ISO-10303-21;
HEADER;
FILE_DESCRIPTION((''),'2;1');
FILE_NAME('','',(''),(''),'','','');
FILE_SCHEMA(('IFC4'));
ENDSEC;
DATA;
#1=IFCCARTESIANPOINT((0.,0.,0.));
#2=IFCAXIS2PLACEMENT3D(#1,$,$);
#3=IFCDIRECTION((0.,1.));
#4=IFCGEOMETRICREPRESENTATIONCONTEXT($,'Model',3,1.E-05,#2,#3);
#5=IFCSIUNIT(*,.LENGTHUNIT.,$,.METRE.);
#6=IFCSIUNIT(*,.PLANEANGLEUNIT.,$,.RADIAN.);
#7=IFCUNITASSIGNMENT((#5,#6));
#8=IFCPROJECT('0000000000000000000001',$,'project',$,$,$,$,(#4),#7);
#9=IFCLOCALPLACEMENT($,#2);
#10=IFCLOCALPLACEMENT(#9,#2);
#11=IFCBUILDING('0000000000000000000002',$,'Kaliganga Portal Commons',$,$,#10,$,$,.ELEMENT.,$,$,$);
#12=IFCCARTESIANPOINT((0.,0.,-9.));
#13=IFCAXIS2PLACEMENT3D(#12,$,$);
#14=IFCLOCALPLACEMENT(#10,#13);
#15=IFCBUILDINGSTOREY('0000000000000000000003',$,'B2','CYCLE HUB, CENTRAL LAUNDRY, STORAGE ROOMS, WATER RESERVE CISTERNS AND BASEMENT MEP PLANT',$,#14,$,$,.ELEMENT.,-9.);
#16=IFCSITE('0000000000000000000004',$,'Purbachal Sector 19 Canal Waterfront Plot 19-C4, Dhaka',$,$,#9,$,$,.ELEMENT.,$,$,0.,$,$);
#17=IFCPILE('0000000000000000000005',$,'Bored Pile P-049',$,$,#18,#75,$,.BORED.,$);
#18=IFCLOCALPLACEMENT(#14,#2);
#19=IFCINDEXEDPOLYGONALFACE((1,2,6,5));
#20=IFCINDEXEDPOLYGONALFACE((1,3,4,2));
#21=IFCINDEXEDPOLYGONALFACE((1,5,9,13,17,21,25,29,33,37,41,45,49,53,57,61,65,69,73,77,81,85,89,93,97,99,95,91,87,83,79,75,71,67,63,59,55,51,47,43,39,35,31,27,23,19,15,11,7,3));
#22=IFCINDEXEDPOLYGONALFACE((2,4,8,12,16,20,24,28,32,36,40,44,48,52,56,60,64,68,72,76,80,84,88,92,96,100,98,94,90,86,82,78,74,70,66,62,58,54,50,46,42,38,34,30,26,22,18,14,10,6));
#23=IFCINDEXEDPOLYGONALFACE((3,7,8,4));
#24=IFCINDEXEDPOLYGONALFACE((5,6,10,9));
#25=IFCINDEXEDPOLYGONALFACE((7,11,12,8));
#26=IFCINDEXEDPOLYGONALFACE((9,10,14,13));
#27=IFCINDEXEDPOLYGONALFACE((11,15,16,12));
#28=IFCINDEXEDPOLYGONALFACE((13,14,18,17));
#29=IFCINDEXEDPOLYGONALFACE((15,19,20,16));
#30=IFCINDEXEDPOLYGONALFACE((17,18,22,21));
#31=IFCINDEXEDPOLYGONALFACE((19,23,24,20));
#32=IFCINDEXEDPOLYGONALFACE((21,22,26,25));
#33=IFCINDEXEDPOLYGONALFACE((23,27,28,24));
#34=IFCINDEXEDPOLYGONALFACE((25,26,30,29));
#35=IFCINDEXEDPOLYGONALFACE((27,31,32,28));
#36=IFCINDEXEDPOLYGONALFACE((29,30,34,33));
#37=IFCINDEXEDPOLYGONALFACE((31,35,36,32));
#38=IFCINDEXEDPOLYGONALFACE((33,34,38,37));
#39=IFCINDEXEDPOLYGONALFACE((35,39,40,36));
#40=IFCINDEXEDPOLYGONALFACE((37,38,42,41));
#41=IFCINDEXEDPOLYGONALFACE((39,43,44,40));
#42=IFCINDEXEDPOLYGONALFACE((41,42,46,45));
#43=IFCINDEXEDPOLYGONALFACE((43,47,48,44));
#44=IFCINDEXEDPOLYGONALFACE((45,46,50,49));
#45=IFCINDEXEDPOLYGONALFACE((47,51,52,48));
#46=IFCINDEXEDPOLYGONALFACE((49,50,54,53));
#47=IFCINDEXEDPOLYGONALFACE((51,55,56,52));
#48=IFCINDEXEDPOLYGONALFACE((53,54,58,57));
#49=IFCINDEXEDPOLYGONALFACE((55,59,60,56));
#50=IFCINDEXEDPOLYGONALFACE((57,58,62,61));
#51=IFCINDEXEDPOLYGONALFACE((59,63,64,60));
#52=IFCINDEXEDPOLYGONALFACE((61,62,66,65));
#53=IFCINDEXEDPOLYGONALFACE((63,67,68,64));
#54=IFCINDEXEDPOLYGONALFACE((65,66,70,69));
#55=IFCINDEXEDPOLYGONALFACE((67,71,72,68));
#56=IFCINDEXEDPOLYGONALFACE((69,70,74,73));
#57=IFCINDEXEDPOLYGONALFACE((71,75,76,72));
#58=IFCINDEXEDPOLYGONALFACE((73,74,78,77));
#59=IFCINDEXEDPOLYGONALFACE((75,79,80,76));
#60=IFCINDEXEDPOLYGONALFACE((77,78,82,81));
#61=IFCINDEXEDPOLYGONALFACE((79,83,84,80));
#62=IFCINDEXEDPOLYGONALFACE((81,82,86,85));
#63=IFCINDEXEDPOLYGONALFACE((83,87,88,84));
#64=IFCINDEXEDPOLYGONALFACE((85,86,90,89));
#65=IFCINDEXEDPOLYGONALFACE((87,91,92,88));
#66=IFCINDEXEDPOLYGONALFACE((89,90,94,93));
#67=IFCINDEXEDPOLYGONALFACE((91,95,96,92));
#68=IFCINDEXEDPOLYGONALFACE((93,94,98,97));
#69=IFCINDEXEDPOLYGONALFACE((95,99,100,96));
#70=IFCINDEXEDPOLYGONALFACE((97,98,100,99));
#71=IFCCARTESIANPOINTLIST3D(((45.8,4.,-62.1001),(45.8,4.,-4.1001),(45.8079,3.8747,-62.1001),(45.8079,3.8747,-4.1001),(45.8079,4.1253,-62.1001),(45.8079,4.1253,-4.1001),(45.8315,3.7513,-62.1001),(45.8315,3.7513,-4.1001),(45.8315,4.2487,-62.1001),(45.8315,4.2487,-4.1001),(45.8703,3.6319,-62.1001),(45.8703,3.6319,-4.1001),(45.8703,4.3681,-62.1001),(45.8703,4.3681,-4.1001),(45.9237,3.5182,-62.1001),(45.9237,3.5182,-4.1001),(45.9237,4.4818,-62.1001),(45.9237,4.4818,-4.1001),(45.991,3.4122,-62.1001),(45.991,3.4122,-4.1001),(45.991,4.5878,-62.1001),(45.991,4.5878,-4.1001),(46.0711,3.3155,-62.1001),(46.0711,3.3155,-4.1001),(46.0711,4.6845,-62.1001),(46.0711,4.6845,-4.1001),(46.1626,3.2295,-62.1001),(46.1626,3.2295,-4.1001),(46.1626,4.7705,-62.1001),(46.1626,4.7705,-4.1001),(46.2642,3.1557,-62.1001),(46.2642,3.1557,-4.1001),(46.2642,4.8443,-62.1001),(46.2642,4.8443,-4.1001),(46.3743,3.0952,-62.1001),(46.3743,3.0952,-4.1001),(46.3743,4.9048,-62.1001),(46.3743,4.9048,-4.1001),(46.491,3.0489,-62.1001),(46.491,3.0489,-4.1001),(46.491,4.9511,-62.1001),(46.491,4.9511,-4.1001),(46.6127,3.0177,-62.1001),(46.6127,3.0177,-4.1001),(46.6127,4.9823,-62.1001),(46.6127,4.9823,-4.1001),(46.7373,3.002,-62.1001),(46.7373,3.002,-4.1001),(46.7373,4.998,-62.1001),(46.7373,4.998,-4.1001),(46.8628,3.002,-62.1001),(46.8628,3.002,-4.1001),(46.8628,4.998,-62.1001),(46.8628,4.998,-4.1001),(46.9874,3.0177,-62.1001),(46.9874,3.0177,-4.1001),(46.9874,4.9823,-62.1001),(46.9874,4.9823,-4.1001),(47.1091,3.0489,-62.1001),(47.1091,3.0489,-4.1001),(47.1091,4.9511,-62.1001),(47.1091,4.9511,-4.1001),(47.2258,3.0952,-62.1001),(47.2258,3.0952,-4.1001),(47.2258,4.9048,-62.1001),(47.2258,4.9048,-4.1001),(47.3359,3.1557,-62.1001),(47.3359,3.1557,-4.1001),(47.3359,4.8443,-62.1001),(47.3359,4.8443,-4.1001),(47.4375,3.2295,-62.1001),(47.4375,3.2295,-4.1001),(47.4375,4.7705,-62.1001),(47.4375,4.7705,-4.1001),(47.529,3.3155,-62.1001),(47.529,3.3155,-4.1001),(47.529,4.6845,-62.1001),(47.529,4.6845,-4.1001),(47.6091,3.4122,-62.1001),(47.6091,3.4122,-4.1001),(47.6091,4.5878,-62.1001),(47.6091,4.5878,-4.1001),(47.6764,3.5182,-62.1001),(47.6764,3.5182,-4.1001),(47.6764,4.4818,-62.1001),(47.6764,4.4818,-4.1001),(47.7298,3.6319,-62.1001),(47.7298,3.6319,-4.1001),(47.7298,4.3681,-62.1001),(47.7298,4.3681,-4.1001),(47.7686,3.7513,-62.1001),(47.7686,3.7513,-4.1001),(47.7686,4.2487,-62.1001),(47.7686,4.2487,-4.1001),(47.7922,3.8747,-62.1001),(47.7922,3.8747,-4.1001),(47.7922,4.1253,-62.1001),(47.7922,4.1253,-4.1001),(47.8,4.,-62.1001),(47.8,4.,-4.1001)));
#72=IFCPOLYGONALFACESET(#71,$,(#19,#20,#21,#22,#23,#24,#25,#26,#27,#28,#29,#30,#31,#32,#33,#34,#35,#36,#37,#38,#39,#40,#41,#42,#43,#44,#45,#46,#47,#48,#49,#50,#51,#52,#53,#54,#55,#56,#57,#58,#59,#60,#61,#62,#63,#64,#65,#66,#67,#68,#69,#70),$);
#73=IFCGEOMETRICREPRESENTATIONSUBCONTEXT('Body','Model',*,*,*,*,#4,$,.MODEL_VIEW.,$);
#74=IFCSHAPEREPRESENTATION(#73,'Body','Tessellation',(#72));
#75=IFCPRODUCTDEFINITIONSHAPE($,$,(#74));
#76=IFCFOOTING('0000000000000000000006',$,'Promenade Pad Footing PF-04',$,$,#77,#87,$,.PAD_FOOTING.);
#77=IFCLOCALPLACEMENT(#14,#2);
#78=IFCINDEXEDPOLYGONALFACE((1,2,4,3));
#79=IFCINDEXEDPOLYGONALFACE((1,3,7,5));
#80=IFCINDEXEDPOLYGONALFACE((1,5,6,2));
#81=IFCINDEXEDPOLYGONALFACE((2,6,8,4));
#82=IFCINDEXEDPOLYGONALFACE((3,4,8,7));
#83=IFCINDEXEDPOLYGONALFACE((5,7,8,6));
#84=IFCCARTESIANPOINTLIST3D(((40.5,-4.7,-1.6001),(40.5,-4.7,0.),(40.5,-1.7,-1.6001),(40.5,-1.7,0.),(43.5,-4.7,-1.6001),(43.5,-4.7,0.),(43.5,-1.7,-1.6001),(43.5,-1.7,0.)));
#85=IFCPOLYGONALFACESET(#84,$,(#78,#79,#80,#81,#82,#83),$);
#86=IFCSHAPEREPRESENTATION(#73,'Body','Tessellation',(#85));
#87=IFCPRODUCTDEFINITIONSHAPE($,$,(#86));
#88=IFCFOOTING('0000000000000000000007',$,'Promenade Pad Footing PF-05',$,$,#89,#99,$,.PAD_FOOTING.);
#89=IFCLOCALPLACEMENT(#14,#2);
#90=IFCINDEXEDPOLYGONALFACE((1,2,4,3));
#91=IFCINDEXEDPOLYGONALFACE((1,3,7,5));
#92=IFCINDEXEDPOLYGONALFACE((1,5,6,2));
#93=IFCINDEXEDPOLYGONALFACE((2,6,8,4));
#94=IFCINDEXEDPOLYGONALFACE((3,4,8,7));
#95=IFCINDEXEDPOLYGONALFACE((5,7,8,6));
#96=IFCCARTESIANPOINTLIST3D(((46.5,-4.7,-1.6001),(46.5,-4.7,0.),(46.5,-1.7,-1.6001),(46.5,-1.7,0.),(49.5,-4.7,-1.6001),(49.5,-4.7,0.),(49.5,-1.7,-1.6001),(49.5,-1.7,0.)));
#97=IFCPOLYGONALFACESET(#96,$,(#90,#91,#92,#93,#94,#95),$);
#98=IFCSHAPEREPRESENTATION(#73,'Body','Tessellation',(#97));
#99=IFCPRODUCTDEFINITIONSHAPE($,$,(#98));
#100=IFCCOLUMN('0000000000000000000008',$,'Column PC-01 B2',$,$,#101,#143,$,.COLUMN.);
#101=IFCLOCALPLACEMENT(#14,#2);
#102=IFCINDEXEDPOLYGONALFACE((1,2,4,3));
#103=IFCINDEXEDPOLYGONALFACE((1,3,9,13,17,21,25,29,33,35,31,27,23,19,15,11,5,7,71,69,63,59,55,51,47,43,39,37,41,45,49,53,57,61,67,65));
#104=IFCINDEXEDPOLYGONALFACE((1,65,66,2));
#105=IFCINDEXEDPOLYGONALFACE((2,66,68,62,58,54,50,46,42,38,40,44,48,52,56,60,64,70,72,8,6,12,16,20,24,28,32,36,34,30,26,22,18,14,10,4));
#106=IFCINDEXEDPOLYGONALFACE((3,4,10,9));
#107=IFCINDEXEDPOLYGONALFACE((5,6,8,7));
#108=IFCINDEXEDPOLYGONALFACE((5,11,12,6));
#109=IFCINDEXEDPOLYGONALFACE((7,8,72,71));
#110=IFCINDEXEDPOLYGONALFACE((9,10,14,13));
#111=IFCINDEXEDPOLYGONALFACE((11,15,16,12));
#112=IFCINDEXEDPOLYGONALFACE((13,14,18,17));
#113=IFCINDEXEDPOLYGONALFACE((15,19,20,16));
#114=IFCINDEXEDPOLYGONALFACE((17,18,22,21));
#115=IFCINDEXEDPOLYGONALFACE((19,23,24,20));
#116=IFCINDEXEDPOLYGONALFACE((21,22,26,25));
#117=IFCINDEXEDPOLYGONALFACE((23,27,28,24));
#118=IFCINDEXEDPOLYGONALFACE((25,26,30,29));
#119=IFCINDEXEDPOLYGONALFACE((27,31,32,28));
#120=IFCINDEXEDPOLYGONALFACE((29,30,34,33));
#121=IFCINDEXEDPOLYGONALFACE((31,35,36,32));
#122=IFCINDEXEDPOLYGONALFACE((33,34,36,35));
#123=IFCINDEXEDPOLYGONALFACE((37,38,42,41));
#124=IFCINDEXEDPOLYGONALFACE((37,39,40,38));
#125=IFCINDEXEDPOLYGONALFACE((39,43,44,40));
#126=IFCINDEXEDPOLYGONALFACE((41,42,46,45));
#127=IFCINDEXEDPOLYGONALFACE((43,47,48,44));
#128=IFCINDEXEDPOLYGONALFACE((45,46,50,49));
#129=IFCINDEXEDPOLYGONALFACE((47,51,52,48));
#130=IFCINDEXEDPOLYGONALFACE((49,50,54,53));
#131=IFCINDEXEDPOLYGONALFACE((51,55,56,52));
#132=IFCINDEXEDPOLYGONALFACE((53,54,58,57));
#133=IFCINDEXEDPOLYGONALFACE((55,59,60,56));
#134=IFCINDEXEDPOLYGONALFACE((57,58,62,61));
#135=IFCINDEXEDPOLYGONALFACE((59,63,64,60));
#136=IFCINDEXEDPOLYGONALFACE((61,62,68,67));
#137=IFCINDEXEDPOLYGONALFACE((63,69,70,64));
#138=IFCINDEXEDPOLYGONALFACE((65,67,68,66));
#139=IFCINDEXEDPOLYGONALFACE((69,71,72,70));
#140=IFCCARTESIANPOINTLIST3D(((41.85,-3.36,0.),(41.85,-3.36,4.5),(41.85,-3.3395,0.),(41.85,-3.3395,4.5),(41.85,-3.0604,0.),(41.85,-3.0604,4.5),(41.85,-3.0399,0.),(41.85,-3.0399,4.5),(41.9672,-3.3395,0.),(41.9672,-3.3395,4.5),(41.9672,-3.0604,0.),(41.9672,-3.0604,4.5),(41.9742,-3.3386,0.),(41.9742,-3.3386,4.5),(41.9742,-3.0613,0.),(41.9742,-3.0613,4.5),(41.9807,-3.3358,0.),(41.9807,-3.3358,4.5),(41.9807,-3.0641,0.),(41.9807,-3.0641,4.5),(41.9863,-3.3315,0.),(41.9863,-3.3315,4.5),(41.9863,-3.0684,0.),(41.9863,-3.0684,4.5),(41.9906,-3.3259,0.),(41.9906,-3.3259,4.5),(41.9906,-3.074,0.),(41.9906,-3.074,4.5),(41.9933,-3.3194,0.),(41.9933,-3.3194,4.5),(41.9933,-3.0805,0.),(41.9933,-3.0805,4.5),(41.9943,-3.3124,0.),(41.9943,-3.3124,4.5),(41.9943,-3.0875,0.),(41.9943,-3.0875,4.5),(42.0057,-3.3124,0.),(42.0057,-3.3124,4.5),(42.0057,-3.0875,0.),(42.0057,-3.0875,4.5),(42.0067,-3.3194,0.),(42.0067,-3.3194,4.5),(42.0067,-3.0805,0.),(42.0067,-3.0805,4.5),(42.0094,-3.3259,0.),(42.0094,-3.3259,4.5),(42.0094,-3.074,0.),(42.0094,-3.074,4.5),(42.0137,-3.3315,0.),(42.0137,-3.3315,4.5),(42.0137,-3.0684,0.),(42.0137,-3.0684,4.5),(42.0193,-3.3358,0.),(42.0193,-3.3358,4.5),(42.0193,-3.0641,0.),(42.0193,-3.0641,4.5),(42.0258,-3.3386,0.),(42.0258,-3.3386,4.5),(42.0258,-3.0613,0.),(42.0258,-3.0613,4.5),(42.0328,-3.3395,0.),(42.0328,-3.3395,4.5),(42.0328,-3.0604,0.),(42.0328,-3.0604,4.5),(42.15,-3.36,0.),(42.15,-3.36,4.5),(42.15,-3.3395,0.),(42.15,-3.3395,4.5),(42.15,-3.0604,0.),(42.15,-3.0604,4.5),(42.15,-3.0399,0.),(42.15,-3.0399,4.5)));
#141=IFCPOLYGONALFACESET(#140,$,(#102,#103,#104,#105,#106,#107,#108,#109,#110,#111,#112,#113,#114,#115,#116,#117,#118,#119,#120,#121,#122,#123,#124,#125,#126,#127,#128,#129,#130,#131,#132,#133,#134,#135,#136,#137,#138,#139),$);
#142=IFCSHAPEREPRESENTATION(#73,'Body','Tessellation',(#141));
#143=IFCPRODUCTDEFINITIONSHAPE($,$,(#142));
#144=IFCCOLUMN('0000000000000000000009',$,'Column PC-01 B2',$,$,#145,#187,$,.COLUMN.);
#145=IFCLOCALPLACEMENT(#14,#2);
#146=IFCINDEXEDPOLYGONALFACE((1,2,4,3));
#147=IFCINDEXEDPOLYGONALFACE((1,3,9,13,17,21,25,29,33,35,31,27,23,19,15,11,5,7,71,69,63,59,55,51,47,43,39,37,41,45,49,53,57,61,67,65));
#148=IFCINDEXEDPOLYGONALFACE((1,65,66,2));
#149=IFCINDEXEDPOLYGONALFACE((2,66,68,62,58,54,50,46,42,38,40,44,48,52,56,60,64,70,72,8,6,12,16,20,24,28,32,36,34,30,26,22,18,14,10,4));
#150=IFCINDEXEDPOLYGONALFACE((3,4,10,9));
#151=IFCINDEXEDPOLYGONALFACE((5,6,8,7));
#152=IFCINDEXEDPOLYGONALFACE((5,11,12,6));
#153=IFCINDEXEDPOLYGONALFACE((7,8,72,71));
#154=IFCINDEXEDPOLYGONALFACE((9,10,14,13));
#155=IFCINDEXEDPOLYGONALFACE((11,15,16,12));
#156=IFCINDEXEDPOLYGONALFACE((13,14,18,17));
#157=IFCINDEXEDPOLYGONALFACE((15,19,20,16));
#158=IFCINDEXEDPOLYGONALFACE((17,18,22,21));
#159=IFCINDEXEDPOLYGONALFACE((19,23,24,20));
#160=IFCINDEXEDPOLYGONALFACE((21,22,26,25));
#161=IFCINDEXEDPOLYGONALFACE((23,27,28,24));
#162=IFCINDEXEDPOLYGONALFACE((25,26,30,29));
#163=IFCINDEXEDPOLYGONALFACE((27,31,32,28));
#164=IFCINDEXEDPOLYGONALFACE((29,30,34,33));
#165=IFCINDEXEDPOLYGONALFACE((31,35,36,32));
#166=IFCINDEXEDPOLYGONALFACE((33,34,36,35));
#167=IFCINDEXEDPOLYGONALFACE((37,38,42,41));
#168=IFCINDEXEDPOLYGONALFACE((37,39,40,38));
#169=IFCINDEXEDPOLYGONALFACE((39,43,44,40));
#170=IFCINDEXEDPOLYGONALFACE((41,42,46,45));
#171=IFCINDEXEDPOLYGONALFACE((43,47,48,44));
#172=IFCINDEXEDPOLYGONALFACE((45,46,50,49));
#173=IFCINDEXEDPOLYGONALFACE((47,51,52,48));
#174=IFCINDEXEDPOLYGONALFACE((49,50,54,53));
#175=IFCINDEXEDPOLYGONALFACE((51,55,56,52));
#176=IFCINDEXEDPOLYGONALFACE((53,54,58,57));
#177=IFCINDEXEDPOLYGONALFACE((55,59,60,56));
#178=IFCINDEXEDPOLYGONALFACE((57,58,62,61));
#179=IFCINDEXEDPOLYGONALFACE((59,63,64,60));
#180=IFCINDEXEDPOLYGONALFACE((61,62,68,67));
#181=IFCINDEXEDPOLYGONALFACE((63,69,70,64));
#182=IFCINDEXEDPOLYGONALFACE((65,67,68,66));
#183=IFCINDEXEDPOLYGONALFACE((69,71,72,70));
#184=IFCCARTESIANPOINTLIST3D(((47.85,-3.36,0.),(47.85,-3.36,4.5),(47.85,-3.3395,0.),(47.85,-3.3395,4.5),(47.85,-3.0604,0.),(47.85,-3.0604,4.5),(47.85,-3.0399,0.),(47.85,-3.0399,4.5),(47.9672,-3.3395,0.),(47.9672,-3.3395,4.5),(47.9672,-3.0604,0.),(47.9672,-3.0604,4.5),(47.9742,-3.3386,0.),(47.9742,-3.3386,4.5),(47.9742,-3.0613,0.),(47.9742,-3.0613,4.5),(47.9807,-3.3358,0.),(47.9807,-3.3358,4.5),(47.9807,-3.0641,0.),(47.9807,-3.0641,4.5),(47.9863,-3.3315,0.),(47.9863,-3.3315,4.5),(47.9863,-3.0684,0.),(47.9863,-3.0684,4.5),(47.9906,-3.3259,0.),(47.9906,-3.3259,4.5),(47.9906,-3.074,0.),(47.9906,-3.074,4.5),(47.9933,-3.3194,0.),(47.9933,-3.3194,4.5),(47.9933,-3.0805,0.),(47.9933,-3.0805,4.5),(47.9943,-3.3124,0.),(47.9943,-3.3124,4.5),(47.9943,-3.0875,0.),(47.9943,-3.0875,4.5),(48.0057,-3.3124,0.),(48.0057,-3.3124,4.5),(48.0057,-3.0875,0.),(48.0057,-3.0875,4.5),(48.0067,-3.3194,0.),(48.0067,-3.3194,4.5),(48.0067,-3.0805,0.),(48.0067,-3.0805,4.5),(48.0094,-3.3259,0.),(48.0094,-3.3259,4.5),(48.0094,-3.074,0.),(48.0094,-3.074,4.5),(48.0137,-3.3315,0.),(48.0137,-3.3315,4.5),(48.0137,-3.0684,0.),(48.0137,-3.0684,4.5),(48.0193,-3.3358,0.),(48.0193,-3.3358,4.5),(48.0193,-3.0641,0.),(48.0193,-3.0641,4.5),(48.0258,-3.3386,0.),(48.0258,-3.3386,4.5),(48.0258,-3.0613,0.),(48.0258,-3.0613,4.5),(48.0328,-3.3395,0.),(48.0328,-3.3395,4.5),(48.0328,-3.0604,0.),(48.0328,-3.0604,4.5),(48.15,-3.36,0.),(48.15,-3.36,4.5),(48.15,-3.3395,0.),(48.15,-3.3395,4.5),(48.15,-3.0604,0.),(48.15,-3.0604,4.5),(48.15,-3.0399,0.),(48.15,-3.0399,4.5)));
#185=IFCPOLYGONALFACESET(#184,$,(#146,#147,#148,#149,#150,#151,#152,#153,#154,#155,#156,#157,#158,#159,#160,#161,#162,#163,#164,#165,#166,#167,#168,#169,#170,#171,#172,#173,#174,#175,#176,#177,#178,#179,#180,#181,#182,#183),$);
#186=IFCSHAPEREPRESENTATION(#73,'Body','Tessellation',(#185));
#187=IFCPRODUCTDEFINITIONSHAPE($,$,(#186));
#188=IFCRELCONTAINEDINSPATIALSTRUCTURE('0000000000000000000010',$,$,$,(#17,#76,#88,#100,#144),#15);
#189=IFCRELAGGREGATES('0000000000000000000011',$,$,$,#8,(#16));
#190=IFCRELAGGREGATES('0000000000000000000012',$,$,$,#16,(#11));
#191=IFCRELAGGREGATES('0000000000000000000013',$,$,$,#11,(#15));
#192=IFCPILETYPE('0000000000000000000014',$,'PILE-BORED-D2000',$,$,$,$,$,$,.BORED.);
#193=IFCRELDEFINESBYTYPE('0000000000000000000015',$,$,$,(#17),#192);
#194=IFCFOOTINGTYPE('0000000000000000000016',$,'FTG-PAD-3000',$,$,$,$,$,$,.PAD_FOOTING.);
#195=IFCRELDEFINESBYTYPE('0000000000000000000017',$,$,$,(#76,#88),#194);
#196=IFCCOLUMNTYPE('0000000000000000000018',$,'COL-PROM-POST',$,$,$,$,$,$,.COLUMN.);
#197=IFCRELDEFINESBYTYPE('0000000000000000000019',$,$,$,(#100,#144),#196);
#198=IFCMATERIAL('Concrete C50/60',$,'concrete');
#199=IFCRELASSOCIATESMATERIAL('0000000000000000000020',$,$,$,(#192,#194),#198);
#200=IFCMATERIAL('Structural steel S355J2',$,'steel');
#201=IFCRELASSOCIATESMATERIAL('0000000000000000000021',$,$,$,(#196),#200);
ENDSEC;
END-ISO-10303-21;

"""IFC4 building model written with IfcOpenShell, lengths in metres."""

from ifc_helpers import new_model, si_unit, direction, frame, origin, origin_2d, place, context, subcontext, project, spatial, rectangle, circle, i_section, extrude, source, transform, mapped, material, material_profile, profile_set, type_object, element, save


model = new_model("IFC4")

# Units and contexts
model_context = context("Model", 3, precision=1e-05, world=origin(), true_north=direction((0.0, 1.0)))
body_context = subcontext(model_context, "Body", "Model", "MODEL_VIEW")
ifc_project = project(units=[si_unit("LENGTHUNIT", "METRE"), si_unit("PLANEANGLEUNIT", "RADIAN")], contexts=[model_context])

# Site, building, storey
site_placement = place(None, origin())
site = spatial("IfcSite", under=ifc_project, at=site_placement, Name="Purbachal Sector 19 Canal Waterfront Plot 19-C4, Dhaka", CompositionType="ELEMENT", RefElevation=0.0)
building_placement = place(site_placement, origin())
building = spatial("IfcBuilding", under=site, at=building_placement, Name="Kaliganga Portal Commons", CompositionType="ELEMENT")
storey_placement = place(building_placement, frame((0.0, 0.0, -9.0)))
storey = spatial("IfcBuildingStorey", under=building, at=storey_placement, Name="B2", Description="CYCLE HUB, CENTRAL LAUNDRY, STORAGE ROOMS, WATER RESERVE CISTERNS AND BASEMENT MEP PLANT", CompositionType="ELEMENT", Elevation=-9.0)

# Pile
ifc_material_1 = material(Name="Concrete C50/60", Category="concrete")
ifc_material_profile_1 = material_profile(ifc_material_1, circle(Radius=1.0, at=origin_2d()), Name="PILE D2000")
ifc_profile_set_1 = profile_set([ifc_material_profile_1], Name="Concrete C50/60")
pile_type_1 = type_object("IfcPileType", Name="PILE-BORED-D2000", PredefinedType="BORED", material=ifc_profile_set_1)
for number, where, z_axis, x_axis, name in (
    (1, (46.8, 4.0, -4.1001), (0.0, 0.0, -1.0), (1.0, 0.0, 0.0), "Bored Pile P-049"),
):
    element("IfcPile", number, at=place(storey_placement, frame(where, z_axis=z_axis, x_axis=x_axis)), inside=storey, type_object=pile_type_1, Name=name, PredefinedType="BORED", context=body_context, shape_type="SweptSolid", body=[
        extrude(circle(Radius=1.0, at=origin_2d()), origin(), (0.0, 0.0, 1.0), 58.0),
    ])

# Footings
footing_type = type_object("IfcFootingType", Name="FTG-PAD-3000", PredefinedType="PAD_FOOTING", material=ifc_material_1)
shared_shape_1 = source(origin(), body_context, "Body", "SweptSolid", [
    extrude(rectangle(XDim=3.0, YDim=3.0, at=origin_2d()), origin(), (0.0, 0.0, 1.0), 1.6001),
])
for number, where, z_axis, x_axis, name in (
    (2, (42.0, -3.2, -1.6001), (0.0, 0.0, 1.0), (1.0, 0.0, 0.0), "Promenade Pad Footing PF-04"),
    (3, (48.0, -3.2, -1.6001), (0.0, 0.0, 1.0), (1.0, 0.0, 0.0), "Promenade Pad Footing PF-05"),
):
    element("IfcFooting", number, at=place(storey_placement, frame(where, z_axis=z_axis, x_axis=x_axis)), inside=storey, type_object=footing_type, Name=name, PredefinedType="PAD_FOOTING", context=body_context, shape_type="MappedRepresentation", body=[
        mapped(shared_shape_1, transform((0.0, 0.0, 0.0), x_axis=(1.0, 0.0, 0.0), y_axis=(0.0, 1.0, 0.0), z_axis=(0.0, 0.0, 1.0), scale=1.0)),
    ])

# Columns
ifc_material_2 = material(Name="Structural steel S355J2", Category="steel")
ifc_material_profile_2 = material_profile(ifc_material_2, i_section(OverallWidth=0.3, OverallDepth=0.3201, WebThickness=0.0115, FlangeThickness=0.0205, FilletRadius=0.0271, at=origin_2d()), Name="HE 320 B")
ifc_profile_set_2 = profile_set([ifc_material_profile_2], Name="Structural steel S355J2 wide-flange")
column_type_1 = type_object("IfcColumnType", Name="COL-PROM-POST", PredefinedType="COLUMN", material=ifc_profile_set_2)
shared_shape_2 = source(origin(), body_context, "Body", "SweptSolid", [
    extrude(i_section(OverallWidth=0.3, OverallDepth=0.3201, WebThickness=0.0115, FlangeThickness=0.0205, FilletRadius=0.0271, at=origin_2d()), origin(), (0.0, 0.0, 1.0), 4.5),
])
for number, where, z_axis, x_axis, name in (
    (4, (42.0, -3.2, 0.0), (0.0, 0.0, 1.0), (1.0, 0.0, 0.0), "Column PC-01 B2"),
    (5, (48.0, -3.2, 0.0), (0.0, 0.0, 1.0), (1.0, 0.0, 0.0), "Column PC-01 B2"),
):
    element("IfcColumn", number, at=place(storey_placement, frame(where, z_axis=z_axis, x_axis=x_axis)), inside=storey, type_object=column_type_1, Name=name, PredefinedType="COLUMN", context=body_context, shape_type="MappedRepresentation", body=[
        mapped(shared_shape_2, transform((0.0, 0.0, 0.0), x_axis=(1.0, 0.0, 0.0), y_axis=(0.0, 1.0, 0.0), z_axis=(0.0, 0.0, 1.0), scale=1.0)),
    ])

save(model, "model.ifc")
